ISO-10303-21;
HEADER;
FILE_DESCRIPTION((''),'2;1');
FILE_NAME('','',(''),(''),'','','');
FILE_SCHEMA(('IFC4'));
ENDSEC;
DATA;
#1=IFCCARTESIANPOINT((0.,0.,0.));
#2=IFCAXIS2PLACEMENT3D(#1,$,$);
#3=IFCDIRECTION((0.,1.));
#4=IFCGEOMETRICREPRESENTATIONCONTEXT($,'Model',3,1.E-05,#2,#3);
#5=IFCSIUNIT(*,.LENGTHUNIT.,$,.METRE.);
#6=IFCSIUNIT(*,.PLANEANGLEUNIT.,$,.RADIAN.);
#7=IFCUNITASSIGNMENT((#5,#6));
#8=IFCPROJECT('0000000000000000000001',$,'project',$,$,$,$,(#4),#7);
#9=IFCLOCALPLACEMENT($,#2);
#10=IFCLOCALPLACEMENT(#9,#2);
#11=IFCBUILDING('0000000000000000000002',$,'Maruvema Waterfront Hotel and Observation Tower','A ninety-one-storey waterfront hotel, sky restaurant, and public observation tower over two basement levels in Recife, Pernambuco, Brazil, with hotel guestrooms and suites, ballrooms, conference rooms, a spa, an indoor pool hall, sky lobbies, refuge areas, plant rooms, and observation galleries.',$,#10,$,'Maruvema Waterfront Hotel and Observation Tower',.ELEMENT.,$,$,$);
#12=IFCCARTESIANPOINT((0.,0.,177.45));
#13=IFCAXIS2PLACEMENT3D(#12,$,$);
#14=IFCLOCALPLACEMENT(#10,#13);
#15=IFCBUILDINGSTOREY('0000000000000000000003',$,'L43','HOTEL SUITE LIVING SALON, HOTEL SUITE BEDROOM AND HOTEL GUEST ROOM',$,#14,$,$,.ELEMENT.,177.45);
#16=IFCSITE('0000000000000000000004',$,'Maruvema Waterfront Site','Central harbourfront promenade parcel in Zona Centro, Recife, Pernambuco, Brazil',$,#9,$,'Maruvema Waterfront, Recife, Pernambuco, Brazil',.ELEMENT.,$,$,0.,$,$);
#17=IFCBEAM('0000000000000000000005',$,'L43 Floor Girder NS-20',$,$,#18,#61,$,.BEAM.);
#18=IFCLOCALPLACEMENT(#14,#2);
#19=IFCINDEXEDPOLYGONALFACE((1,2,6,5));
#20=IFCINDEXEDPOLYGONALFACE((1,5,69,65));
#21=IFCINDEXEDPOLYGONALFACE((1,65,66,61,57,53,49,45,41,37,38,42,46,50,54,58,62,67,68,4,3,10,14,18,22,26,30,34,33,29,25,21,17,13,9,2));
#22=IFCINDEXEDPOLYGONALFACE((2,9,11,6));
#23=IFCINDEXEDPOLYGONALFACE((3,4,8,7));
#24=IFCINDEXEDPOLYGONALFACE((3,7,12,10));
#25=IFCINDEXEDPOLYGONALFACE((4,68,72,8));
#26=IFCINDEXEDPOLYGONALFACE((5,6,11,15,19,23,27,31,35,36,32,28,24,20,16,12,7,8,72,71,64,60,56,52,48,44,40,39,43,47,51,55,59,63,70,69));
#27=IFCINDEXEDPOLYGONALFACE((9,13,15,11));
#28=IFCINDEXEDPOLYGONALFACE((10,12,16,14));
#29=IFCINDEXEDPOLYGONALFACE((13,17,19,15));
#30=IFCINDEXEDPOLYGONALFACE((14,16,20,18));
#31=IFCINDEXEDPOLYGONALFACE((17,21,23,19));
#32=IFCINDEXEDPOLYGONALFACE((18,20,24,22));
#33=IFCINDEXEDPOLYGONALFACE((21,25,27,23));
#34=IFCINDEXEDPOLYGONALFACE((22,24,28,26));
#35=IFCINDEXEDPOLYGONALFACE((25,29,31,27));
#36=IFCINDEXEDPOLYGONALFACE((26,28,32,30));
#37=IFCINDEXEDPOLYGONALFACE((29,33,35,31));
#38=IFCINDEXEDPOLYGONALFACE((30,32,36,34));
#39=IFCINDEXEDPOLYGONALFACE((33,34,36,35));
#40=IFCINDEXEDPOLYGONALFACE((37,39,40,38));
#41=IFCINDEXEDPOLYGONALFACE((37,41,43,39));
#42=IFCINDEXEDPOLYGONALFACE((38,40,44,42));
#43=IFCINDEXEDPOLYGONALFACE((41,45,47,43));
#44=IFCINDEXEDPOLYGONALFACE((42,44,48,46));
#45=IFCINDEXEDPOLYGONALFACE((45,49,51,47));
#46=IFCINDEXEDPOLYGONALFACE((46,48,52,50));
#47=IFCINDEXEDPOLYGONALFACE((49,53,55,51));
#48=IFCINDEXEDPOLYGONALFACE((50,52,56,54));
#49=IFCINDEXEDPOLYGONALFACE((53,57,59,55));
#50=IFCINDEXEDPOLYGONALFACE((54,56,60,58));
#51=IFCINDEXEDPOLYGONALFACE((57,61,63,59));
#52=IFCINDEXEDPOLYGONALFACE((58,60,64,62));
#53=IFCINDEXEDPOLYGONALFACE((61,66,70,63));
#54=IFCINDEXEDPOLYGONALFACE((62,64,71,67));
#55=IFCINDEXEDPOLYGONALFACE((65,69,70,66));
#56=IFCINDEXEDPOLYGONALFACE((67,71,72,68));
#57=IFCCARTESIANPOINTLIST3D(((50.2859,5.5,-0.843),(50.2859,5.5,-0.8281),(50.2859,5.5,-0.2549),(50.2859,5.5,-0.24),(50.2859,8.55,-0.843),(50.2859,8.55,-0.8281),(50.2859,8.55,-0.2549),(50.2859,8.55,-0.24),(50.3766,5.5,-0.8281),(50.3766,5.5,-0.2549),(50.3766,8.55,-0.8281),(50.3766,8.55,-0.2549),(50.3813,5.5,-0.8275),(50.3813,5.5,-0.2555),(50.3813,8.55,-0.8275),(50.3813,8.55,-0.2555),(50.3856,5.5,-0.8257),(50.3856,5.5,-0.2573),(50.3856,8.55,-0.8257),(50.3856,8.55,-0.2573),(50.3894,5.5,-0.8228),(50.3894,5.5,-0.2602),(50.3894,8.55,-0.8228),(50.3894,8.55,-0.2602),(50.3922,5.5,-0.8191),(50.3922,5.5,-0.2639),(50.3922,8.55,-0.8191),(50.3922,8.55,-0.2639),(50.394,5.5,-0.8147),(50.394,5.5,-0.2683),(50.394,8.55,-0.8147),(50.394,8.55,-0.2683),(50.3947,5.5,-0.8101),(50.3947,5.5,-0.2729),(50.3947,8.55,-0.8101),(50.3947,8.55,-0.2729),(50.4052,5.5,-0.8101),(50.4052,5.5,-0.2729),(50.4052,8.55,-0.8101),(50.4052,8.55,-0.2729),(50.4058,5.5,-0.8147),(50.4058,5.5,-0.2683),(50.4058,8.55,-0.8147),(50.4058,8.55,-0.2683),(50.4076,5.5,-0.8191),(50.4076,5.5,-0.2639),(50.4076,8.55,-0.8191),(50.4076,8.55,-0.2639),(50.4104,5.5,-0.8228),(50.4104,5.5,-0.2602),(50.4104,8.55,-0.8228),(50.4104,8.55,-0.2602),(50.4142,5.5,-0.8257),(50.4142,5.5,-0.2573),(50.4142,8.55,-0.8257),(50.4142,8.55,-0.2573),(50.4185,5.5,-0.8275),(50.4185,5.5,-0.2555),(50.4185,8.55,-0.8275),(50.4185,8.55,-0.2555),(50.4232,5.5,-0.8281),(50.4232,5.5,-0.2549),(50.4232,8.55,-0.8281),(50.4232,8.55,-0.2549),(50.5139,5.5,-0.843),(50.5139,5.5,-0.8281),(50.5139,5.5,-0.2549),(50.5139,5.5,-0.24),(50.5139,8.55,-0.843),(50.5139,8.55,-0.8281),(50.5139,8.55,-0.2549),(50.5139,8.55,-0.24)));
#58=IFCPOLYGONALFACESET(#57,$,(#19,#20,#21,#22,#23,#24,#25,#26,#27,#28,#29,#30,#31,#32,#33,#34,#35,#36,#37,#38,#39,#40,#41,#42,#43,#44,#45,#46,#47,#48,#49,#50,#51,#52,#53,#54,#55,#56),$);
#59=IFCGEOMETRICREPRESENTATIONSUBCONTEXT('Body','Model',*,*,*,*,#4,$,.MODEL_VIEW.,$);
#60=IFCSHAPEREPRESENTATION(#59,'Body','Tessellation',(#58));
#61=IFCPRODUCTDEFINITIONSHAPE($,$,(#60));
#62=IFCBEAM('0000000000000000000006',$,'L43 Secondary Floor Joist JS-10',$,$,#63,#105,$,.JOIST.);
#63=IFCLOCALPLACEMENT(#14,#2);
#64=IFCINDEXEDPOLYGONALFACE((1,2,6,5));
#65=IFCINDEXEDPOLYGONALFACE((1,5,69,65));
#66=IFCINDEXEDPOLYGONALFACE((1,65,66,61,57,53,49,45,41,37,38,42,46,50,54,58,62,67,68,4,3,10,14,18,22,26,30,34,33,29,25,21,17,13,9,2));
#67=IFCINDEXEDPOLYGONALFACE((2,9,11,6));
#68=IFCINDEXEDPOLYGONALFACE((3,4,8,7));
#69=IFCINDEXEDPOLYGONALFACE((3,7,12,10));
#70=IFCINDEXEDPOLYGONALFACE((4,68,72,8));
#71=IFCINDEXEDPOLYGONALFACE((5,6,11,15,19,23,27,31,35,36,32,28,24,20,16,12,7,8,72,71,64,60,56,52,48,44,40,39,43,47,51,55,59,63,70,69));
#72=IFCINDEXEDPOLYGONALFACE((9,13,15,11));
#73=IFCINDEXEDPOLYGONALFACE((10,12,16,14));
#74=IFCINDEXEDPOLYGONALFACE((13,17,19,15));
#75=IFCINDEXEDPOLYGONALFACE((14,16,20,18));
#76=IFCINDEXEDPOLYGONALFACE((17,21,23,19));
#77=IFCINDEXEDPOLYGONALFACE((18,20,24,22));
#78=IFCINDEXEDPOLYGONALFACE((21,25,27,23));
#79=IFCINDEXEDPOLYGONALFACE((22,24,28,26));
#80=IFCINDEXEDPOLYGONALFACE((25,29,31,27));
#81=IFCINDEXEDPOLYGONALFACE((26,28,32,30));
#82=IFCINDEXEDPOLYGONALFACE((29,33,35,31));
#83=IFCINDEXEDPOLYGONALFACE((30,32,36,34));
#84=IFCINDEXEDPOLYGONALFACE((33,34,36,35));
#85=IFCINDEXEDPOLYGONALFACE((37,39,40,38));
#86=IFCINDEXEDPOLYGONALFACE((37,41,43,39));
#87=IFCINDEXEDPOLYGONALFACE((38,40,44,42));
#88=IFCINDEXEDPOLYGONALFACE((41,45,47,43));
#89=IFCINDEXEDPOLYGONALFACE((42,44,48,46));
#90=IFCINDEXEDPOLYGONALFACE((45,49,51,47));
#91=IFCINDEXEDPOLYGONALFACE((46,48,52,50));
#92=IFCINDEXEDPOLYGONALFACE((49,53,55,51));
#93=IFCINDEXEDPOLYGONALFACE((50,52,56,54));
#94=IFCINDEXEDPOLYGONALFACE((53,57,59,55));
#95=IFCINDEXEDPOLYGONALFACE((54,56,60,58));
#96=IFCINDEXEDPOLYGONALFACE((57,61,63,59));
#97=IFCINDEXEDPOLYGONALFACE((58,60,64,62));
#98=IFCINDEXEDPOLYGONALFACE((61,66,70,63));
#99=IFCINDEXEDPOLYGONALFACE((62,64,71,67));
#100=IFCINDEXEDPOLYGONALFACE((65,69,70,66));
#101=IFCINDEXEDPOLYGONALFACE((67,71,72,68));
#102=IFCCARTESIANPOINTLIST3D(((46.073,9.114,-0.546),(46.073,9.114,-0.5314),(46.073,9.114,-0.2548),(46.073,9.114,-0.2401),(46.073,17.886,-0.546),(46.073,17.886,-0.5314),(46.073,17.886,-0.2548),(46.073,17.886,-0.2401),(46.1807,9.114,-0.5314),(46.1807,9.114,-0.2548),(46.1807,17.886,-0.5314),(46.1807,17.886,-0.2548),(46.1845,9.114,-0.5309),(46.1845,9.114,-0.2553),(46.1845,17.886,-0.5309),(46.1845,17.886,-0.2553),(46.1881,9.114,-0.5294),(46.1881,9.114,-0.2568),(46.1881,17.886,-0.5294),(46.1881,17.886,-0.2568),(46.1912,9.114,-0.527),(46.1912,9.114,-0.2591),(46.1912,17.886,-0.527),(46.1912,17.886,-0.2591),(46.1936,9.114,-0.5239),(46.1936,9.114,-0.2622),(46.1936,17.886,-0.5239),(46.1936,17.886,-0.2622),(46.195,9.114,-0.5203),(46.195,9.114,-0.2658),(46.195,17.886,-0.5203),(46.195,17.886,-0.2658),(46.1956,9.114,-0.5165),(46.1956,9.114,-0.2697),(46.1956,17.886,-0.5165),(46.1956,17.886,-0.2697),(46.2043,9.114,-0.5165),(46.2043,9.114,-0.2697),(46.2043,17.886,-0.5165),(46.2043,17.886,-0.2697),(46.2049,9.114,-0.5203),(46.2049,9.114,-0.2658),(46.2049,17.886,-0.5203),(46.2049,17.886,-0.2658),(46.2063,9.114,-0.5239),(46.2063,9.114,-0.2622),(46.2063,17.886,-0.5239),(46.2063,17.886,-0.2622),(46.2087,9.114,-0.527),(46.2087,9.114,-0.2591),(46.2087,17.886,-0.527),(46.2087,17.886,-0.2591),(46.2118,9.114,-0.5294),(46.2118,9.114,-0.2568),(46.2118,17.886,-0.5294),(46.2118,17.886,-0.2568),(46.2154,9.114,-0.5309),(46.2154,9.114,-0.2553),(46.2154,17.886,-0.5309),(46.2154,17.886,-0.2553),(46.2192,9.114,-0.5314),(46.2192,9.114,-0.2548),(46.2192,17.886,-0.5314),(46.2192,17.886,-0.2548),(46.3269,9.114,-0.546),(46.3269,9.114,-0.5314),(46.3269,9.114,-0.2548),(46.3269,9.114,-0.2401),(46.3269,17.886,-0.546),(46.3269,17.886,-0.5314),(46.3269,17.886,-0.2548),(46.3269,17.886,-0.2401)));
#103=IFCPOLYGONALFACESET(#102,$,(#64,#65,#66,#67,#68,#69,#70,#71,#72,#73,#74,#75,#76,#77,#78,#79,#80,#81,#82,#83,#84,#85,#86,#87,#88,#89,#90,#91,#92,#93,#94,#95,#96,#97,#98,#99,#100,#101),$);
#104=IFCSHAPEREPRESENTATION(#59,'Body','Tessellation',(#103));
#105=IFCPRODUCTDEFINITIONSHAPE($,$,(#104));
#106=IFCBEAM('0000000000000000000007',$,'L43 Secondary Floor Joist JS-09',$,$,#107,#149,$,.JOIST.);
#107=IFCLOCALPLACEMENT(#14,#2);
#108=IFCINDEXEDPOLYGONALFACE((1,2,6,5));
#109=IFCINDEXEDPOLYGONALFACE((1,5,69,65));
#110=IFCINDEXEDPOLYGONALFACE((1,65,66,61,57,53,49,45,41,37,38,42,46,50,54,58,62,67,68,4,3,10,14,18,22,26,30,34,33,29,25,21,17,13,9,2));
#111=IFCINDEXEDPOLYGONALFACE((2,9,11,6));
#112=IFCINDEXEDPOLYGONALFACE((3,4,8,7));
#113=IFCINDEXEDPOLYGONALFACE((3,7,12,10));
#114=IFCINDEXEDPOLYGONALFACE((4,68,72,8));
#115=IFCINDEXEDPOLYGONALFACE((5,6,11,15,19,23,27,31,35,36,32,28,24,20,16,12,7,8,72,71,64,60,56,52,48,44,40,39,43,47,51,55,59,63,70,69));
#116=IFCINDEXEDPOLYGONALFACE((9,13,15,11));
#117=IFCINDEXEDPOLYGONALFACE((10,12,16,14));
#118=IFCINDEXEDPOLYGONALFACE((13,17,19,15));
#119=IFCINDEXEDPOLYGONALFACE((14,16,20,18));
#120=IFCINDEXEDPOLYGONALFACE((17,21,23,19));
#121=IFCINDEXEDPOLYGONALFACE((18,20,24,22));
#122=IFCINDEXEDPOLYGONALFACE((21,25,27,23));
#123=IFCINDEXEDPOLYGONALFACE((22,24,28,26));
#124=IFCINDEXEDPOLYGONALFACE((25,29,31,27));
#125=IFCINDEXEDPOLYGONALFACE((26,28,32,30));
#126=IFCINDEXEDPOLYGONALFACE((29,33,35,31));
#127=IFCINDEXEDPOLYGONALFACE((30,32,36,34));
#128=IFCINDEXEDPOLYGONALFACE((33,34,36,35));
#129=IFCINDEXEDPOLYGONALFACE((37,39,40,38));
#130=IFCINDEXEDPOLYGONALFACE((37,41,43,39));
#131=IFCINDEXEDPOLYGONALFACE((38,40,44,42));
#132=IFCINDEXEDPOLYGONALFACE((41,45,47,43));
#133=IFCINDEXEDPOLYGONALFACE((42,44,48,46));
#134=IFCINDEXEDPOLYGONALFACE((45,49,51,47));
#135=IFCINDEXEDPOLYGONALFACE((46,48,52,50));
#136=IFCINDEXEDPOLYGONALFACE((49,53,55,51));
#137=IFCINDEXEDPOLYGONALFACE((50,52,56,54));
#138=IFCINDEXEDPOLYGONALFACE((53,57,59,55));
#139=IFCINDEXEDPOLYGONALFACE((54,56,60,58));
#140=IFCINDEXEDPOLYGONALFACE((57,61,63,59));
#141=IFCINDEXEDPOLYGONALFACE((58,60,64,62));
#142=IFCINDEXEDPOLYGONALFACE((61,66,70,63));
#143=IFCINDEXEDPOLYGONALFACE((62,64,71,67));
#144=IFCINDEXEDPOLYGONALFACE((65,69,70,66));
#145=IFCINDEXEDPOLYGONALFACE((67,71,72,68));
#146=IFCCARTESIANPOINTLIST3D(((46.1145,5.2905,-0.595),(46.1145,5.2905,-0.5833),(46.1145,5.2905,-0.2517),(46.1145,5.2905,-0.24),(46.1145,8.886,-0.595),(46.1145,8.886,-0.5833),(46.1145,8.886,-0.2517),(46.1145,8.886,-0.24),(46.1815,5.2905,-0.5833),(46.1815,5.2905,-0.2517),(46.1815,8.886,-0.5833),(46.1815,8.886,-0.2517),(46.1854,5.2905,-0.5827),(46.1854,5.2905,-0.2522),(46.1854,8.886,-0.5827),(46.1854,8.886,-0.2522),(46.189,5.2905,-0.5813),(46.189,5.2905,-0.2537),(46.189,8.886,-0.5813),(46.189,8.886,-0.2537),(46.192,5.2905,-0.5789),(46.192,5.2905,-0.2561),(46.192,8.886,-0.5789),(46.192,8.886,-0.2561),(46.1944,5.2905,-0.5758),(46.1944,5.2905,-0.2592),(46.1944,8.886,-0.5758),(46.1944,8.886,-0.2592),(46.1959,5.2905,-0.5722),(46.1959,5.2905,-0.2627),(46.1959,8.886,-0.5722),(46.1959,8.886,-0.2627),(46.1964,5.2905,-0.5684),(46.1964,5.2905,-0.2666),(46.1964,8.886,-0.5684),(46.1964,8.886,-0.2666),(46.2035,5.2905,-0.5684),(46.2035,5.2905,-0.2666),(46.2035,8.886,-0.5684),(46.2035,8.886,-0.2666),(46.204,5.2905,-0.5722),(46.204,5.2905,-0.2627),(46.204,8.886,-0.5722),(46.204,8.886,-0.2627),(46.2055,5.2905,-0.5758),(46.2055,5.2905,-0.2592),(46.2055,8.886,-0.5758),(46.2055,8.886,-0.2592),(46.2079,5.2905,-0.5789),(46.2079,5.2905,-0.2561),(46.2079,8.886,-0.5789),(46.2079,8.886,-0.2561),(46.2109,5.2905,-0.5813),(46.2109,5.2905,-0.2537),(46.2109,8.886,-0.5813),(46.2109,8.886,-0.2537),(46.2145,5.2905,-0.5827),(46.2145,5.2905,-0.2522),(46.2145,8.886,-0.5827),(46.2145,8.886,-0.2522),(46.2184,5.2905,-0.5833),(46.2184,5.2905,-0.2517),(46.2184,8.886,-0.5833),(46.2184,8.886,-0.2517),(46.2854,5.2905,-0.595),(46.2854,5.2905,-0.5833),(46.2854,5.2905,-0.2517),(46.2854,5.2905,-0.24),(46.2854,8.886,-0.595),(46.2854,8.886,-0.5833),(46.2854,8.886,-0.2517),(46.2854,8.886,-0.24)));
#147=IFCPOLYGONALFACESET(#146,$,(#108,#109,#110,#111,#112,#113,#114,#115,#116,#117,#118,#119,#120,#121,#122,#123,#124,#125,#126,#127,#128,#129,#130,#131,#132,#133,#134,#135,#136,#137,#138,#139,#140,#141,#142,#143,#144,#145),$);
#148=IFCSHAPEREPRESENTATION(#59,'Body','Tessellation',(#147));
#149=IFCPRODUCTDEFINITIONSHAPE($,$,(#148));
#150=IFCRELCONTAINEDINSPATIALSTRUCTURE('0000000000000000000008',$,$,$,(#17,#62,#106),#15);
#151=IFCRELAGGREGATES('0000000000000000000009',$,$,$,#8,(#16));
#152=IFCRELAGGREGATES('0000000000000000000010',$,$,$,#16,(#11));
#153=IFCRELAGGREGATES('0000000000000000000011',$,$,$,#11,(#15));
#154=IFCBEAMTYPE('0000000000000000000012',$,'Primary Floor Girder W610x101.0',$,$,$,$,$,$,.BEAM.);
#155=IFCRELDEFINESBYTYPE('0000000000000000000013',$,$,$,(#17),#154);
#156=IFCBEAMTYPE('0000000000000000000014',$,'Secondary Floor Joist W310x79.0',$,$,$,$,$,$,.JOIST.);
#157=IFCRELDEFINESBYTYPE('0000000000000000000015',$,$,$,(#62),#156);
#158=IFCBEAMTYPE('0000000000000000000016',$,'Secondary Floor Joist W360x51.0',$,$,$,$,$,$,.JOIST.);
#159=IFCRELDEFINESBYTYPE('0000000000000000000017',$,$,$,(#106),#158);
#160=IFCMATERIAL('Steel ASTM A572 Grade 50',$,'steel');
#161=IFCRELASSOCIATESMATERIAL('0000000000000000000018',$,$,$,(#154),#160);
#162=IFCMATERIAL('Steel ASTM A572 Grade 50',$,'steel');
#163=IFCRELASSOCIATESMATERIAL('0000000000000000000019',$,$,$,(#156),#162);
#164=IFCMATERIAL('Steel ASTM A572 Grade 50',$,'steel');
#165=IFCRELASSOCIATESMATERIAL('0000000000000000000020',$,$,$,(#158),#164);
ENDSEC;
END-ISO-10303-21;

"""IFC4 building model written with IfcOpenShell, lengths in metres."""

from ifc_helpers import new_model, si_unit, direction, frame, origin, origin_2d, place, context, subcontext, project, spatial, i_section, extrude, material, material_profile, profile_set, type_object, element, save


model = new_model("IFC4")

# Units and contexts
model_context = context("Model", 3, precision=1e-05, world=origin(), true_north=direction((0.0, 1.0)))
body_context = subcontext(model_context, "Body", "Model", "MODEL_VIEW")
ifc_project = project(units=[si_unit("LENGTHUNIT", "METRE"), si_unit("PLANEANGLEUNIT", "RADIAN")], contexts=[model_context])

# Site, building, storey
site_placement = place(None, origin())
site = spatial("IfcSite", under=ifc_project, at=site_placement, Name="Maruvema Waterfront Site", Description="Central harbourfront promenade parcel in Zona Centro, Recife, Pernambuco, Brazil", LongName="Maruvema Waterfront, Recife, Pernambuco, Brazil", CompositionType="ELEMENT", RefElevation=0.0)
building_placement = place(site_placement, origin())
building = spatial("IfcBuilding", under=site, at=building_placement, Name="Maruvema Waterfront Hotel and Observation Tower", Description="A ninety-one-storey waterfront hotel, sky restaurant, and public observation tower over two basement levels in Recife, Pernambuco, Brazil, with hotel guestrooms and suites, ballrooms, conference rooms, a spa, an indoor pool hall, sky lobbies, refuge areas, plant rooms, and observation galleries.", LongName="Maruvema Waterfront Hotel and Observation Tower", CompositionType="ELEMENT")
storey_placement = place(building_placement, frame((0.0, 0.0, 177.45)))
storey = spatial("IfcBuildingStorey", under=building, at=storey_placement, Name="L43", Description="HOTEL SUITE LIVING SALON, HOTEL SUITE BEDROOM AND HOTEL GUEST ROOM", CompositionType="ELEMENT", Elevation=177.45)

# Beams
ifc_material_1 = material(Name="Steel ASTM A572 Grade 50", Category="steel")
ifc_material_profile_1 = material_profile(ifc_material_1, i_section(OverallWidth=0.228, OverallDepth=0.603, WebThickness=0.0105, FlangeThickness=0.0149, FilletRadius=0.0181, at=origin_2d()), Name="W610x101.0")
ifc_profile_set_1 = profile_set([ifc_material_profile_1], Name="Steel ASTM A572 Grade 50")
beam_type_1 = type_object("IfcBeamType", Name="Primary Floor Girder W610x101.0", PredefinedType="BEAM", material=ifc_profile_set_1)
beam_1_placement = place(storey_placement, frame((50.3999, 5.5, -0.5415), z_axis=(0.0, 1.0, 0.0), x_axis=(-1.0, 0.0, 0.0)))
element("IfcBeam", 1, at=beam_1_placement, inside=storey, type_object=beam_type_1, Name="L43 Floor Girder NS-20", PredefinedType="BEAM", context=body_context, shape_type="SweptSolid", body=[
    extrude(i_section(OverallWidth=0.228, OverallDepth=0.603, WebThickness=0.0105, FlangeThickness=0.0149, FilletRadius=0.0181, at=origin_2d()), origin(), (0.0, 0.0, 1.0), 3.05),
])
ifc_material_2 = material(Name="Steel ASTM A572 Grade 50", Category="steel")
ifc_material_profile_2 = material_profile(ifc_material_2, i_section(OverallWidth=0.2539, OverallDepth=0.3059, WebThickness=0.0088, FlangeThickness=0.0146, FilletRadius=0.0149, at=origin_2d()), Name="W310x79.0")
ifc_profile_set_2 = profile_set([ifc_material_profile_2], Name="Steel ASTM A572 Grade 50")
beam_type_2 = type_object("IfcBeamType", Name="Secondary Floor Joist W310x79.0", PredefinedType="JOIST", material=ifc_profile_set_2)
beam_2_placement = place(storey_placement, frame((46.2, 9.114, -0.3931), z_axis=(0.0, 1.0, 0.0), x_axis=(-1.0, 0.0, 0.0)))
element("IfcBeam", 2, at=beam_2_placement, inside=storey, type_object=beam_type_2, Name="L43 Secondary Floor Joist JS-10", PredefinedType="JOIST", context=body_context, shape_type="SweptSolid", body=[
    extrude(i_section(OverallWidth=0.2539, OverallDepth=0.3059, WebThickness=0.0088, FlangeThickness=0.0146, FilletRadius=0.0149, at=origin_2d()), origin(), (0.0, 0.0, 1.0), 8.772),
])
ifc_material_3 = material(Name="Steel ASTM A572 Grade 50", Category="steel")
ifc_material_profile_3 = material_profile(ifc_material_3, i_section(OverallWidth=0.1709, OverallDepth=0.355, WebThickness=0.0071, FlangeThickness=0.0117, FilletRadius=0.0149, at=origin_2d()), Name="W360x51.0")
ifc_profile_set_3 = profile_set([ifc_material_profile_3], Name="Steel ASTM A572 Grade 50")
beam_type_3 = type_object("IfcBeamType", Name="Secondary Floor Joist W360x51.0", PredefinedType="JOIST", material=ifc_profile_set_3)
beam_3_placement = place(storey_placement, frame((46.2, 5.2905, -0.4175), z_axis=(0.0, 1.0, 0.0), x_axis=(-1.0, 0.0, 0.0)))
element("IfcBeam", 3, at=beam_3_placement, inside=storey, type_object=beam_type_3, Name="L43 Secondary Floor Joist JS-09", PredefinedType="JOIST", context=body_context, shape_type="SweptSolid", body=[
    extrude(i_section(OverallWidth=0.1709, OverallDepth=0.355, WebThickness=0.0071, FlangeThickness=0.0117, FilletRadius=0.0149, at=origin_2d()), origin(), (0.0, 0.0, 1.0), 3.5955),
])

save(model, "model.ifc")
